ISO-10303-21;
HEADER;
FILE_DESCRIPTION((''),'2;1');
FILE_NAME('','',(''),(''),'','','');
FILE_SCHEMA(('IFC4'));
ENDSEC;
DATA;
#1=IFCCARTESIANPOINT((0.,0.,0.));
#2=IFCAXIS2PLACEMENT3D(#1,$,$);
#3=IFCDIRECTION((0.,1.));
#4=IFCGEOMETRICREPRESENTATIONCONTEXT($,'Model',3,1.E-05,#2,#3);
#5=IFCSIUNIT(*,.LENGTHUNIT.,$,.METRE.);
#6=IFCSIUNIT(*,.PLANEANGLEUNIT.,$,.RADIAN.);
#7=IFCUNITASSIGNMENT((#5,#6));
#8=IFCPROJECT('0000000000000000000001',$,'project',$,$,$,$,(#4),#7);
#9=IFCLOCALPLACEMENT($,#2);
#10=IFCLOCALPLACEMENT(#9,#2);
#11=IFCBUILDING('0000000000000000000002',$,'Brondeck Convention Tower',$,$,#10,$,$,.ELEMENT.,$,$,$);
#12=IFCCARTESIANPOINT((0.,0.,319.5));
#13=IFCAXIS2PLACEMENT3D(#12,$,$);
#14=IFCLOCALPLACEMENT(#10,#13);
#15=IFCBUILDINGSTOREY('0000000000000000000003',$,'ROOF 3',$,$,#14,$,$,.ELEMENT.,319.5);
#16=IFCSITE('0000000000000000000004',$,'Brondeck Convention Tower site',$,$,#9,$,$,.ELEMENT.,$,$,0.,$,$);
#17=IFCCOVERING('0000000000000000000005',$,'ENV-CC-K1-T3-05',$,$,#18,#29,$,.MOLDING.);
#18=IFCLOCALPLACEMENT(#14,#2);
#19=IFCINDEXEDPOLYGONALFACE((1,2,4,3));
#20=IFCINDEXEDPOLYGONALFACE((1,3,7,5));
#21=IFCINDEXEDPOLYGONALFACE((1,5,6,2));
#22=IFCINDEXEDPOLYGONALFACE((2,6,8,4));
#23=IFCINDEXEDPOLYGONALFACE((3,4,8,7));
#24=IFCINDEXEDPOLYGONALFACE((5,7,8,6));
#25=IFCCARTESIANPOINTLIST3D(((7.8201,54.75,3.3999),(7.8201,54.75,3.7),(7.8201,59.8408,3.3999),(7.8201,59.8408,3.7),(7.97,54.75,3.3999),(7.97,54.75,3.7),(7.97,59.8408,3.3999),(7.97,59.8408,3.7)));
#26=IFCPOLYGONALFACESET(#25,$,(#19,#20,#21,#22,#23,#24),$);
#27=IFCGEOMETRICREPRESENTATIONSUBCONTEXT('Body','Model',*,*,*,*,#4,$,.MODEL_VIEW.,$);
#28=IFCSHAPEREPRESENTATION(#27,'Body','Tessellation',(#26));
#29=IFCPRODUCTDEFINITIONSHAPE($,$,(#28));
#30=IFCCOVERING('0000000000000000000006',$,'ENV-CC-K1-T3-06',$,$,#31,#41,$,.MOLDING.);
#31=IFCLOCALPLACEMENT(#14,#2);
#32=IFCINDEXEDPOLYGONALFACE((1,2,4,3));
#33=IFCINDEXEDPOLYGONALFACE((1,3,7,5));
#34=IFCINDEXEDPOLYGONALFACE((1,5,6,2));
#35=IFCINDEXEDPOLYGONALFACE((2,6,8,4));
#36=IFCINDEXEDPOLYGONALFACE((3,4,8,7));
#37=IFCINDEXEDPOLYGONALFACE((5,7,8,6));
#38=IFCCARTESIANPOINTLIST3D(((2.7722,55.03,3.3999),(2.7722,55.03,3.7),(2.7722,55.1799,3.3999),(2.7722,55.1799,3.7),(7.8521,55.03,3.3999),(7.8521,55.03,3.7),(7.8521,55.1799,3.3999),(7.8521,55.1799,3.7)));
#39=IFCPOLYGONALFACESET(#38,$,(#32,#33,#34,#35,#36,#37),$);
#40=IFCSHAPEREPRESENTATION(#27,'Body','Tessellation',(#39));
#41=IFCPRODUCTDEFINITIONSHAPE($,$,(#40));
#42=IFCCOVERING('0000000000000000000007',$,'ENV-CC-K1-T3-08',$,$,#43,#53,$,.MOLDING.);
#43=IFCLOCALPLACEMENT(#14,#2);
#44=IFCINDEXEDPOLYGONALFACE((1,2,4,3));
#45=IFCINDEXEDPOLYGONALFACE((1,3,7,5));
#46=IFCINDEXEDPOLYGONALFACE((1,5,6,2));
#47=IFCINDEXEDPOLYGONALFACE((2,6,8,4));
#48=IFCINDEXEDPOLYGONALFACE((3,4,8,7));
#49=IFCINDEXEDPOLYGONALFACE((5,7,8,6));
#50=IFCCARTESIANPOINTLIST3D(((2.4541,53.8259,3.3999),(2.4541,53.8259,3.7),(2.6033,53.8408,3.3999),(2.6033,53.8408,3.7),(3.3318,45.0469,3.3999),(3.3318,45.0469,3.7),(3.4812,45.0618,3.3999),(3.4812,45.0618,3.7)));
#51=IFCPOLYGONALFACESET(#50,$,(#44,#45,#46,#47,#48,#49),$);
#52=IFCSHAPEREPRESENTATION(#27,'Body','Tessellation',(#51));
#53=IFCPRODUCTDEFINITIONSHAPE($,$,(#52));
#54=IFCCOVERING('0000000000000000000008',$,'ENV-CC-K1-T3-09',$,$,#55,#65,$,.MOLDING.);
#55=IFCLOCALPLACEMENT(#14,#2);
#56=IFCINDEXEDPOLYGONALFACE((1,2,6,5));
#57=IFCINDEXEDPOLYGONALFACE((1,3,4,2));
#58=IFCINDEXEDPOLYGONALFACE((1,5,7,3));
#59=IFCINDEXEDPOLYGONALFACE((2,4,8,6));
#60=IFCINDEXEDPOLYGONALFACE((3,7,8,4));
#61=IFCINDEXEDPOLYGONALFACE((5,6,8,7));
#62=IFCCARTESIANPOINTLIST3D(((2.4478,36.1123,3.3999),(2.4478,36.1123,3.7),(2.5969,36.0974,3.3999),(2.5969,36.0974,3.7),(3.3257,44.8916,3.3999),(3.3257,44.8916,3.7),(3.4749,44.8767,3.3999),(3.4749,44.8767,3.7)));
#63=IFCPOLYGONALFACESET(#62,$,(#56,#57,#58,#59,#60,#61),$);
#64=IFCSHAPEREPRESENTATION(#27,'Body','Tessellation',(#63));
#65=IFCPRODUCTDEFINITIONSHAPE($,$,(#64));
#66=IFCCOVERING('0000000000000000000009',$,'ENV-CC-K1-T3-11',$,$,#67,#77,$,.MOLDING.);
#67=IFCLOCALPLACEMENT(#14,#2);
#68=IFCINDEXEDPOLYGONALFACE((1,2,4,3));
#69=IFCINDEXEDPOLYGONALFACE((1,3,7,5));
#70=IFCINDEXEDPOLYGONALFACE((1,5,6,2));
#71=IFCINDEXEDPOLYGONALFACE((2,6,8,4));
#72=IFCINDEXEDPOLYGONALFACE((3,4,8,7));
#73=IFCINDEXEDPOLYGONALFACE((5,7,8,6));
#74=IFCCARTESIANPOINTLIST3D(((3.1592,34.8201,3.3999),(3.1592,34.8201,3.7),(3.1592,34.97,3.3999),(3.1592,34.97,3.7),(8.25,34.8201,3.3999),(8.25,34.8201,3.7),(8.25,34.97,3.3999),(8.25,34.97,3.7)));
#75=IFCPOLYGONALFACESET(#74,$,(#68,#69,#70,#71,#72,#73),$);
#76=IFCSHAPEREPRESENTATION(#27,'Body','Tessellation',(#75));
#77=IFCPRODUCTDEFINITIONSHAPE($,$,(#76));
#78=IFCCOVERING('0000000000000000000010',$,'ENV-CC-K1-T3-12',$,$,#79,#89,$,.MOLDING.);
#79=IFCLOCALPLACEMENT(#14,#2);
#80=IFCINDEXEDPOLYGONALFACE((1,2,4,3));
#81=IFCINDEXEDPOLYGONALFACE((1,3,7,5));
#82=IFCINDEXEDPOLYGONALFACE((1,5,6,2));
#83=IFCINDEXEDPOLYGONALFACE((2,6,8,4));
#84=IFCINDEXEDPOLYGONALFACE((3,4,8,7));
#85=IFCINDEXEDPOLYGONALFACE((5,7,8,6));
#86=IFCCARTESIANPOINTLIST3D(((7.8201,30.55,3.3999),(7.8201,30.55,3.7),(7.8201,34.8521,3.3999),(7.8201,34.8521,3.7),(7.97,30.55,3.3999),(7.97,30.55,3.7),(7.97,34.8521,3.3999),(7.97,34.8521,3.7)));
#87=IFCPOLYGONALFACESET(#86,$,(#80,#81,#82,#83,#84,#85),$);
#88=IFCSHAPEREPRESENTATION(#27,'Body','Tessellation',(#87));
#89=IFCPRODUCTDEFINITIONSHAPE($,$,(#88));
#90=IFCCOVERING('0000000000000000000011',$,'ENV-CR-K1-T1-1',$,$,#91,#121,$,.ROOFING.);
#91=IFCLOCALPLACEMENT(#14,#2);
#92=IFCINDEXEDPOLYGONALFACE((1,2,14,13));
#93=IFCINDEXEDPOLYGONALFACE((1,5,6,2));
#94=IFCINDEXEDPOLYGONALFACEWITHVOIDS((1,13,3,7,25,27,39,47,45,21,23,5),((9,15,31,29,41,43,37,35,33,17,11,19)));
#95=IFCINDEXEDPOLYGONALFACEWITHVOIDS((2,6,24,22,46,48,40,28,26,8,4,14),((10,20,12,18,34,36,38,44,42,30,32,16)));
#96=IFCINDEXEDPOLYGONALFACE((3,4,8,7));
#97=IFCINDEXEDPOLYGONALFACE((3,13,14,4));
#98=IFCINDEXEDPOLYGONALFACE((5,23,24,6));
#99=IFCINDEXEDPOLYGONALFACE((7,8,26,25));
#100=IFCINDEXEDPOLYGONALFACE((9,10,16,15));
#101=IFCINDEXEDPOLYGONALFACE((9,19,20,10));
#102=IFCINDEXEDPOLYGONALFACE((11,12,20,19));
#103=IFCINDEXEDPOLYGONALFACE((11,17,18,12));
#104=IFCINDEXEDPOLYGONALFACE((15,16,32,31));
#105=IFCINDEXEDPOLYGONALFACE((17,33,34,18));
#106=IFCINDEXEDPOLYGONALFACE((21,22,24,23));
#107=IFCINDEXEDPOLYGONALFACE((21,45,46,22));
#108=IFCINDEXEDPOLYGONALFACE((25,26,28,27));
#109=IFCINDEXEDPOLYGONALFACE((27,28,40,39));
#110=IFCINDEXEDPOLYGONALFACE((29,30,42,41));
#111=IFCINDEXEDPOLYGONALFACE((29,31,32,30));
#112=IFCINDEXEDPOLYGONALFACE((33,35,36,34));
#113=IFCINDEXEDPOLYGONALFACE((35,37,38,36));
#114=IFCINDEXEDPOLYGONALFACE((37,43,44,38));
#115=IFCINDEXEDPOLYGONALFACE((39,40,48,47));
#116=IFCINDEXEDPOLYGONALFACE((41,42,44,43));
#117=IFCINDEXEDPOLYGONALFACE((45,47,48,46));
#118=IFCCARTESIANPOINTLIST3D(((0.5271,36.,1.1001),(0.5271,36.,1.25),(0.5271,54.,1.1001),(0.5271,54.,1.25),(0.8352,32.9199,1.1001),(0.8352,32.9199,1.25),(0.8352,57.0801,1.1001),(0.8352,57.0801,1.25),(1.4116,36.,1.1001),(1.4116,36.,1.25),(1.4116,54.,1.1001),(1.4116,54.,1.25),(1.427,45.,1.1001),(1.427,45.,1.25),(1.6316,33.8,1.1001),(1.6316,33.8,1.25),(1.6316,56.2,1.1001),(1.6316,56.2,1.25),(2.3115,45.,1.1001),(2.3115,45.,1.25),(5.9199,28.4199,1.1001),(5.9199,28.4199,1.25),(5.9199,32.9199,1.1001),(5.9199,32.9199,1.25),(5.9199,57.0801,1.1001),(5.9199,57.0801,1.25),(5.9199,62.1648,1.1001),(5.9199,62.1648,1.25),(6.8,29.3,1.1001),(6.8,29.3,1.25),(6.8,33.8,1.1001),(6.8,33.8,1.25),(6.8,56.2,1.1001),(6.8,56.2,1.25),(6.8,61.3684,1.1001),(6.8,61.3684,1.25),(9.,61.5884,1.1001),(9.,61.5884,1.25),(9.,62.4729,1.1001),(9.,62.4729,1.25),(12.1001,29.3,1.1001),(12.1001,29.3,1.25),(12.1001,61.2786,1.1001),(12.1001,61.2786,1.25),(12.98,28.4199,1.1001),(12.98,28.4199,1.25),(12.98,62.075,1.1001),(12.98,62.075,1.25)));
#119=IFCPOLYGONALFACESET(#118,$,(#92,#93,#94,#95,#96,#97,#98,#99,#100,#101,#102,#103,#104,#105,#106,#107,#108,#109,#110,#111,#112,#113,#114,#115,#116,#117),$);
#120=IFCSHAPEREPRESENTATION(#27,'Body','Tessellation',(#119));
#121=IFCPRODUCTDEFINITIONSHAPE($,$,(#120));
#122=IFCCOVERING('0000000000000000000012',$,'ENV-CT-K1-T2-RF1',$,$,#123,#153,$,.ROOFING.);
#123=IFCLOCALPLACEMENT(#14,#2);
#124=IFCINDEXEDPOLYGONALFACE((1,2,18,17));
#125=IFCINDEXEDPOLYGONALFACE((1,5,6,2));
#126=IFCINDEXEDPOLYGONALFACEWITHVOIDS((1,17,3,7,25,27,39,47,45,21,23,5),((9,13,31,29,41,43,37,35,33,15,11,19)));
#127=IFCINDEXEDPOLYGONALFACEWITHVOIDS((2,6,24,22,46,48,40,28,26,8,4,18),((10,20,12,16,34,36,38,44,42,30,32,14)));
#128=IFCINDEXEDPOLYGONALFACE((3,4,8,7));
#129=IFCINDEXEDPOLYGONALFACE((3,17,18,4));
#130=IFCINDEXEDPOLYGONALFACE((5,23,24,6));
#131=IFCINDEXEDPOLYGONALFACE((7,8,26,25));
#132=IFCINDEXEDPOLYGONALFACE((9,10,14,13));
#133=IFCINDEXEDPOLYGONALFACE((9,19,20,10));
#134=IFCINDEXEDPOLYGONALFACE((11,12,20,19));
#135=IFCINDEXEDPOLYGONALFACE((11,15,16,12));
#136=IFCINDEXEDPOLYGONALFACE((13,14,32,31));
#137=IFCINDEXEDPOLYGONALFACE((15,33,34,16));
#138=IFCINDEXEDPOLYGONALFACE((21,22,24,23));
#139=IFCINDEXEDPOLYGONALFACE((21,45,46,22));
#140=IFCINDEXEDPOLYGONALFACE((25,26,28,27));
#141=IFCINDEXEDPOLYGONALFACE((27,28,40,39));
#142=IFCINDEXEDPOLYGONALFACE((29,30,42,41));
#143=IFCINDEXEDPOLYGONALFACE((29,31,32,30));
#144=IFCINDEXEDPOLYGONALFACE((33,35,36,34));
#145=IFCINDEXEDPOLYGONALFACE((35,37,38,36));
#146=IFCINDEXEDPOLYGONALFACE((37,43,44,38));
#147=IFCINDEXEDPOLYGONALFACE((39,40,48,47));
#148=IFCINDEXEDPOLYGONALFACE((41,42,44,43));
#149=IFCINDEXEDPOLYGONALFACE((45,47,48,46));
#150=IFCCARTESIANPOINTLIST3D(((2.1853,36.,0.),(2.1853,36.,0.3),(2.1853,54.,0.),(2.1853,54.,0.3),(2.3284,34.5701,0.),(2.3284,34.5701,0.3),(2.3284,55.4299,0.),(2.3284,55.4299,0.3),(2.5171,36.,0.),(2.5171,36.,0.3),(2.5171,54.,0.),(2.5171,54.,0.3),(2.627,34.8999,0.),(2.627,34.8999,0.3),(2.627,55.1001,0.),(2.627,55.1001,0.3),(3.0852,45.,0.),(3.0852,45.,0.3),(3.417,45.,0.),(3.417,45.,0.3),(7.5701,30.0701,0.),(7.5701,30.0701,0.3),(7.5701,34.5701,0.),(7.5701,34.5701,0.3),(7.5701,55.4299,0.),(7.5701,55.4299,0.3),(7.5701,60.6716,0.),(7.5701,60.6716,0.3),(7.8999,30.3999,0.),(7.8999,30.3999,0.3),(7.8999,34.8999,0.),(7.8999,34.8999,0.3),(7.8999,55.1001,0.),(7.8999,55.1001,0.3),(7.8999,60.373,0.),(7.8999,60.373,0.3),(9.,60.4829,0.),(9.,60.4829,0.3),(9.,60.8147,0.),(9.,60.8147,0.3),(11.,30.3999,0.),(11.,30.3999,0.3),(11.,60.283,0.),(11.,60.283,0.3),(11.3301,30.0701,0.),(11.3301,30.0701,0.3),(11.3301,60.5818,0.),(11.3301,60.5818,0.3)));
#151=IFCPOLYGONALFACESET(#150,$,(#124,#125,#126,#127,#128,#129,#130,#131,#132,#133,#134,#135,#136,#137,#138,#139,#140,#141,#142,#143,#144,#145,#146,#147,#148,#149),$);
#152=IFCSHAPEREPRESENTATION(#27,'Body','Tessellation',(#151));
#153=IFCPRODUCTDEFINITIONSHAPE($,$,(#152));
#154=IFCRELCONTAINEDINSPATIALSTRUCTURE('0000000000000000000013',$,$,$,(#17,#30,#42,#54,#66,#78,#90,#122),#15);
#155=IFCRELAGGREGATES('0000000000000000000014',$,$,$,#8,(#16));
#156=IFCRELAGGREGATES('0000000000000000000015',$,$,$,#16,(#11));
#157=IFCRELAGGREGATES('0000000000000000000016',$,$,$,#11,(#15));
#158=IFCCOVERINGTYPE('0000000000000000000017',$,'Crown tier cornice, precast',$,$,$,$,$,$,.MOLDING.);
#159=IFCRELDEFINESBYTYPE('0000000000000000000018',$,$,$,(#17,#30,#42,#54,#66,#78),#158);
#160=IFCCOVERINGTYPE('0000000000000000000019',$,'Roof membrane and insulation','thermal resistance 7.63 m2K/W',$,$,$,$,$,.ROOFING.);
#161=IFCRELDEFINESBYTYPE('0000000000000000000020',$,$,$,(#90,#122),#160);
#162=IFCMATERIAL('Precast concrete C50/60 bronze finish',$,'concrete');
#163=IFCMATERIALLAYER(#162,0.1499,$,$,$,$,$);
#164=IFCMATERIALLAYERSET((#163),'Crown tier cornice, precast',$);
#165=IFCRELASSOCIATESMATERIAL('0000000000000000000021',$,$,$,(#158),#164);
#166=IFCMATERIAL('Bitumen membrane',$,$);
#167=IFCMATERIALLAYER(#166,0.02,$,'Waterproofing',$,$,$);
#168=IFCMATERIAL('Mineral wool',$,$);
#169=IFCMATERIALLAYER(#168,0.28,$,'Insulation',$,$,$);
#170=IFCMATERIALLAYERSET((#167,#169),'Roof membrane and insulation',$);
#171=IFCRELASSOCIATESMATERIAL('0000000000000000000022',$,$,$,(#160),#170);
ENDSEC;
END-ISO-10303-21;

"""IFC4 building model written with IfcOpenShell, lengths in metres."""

from ifc_helpers import new_model, si_unit, direction, frame, origin, place, context, subcontext, project, spatial, polyline, outline, extrude, material, layer, layer_set, type_object, element, save


model = new_model("IFC4")

# Units and contexts
model_context = context("Model", 3, precision=1e-05, world=origin(), true_north=direction((0.0, 1.0)))
body_context = subcontext(model_context, "Body", "Model", "MODEL_VIEW")
ifc_project = project(units=[si_unit("LENGTHUNIT", "METRE"), si_unit("PLANEANGLEUNIT", "RADIAN")], contexts=[model_context])

# Site, building, storey
site_placement = place(None, origin())
site = spatial("IfcSite", under=ifc_project, at=site_placement, Name="Brondeck Convention Tower site", CompositionType="ELEMENT", RefElevation=0.0)
building_placement = place(site_placement, origin())
building = spatial("IfcBuilding", under=site, at=building_placement, Name="Brondeck Convention Tower", CompositionType="ELEMENT")
storey_placement = place(building_placement, frame((0.0, 0.0, 319.5)))
storey = spatial("IfcBuildingStorey", under=building, at=storey_placement, Name="ROOF 3", CompositionType="ELEMENT", Elevation=319.5)

# Coverings
ifc_material_1 = material(Name="Precast concrete C50/60 bronze finish", Category="concrete")
ifc_layer_1 = layer(ifc_material_1, 0.1499)
ifc_layer_set_1 = layer_set([ifc_layer_1], Name="Crown tier cornice, precast")
covering_type_1 = type_object("IfcCoveringType", Name="Crown tier cornice, precast", PredefinedType="MOLDING", material=ifc_layer_set_1)
covering_1_placement = place(storey_placement, frame((0.0, 0.0, 3.3999)))
element("IfcCovering", 1, at=covering_1_placement, inside=storey, type_object=covering_type_1, Name="ENV-CC-K1-T3-05", PredefinedType="MOLDING", context=body_context, shape_type="SweptSolid", body=[
    extrude(outline(polyline([(7.8201, 59.8408), (7.8201, 54.75), (7.97, 54.75), (7.97, 59.8408), (7.8201, 59.8408)])), origin(), (0.0, 0.0, 1.0), 0.3),
])
covering_2_placement = place(storey_placement, frame((0.0, 0.0, 3.3999)))
element("IfcCovering", 2, at=covering_2_placement, inside=storey, type_object=covering_type_1, Name="ENV-CC-K1-T3-06", PredefinedType="MOLDING", context=body_context, shape_type="SweptSolid", body=[
    extrude(outline(polyline([(7.8521, 55.1799), (2.7722, 55.1799), (2.7722, 55.03), (7.8521, 55.03), (7.8521, 55.1799)])), origin(), (0.0, 0.0, 1.0), 0.3),
])
covering_3_placement = place(storey_placement, frame((0.0, 0.0, 3.3999)))
element("IfcCovering", 3, at=covering_3_placement, inside=storey, type_object=covering_type_1, Name="ENV-CC-K1-T3-08", PredefinedType="MOLDING", context=body_context, shape_type="SweptSolid", body=[
    extrude(outline(polyline([(2.4541, 53.8259), (3.3318, 45.0469), (3.4812, 45.0618), (2.6033, 53.8408), (2.4541, 53.8259)])), origin(), (0.0, 0.0, 1.0), 0.3),
])
covering_4_placement = place(storey_placement, frame((0.0, 0.0, 3.3999)))
element("IfcCovering", 4, at=covering_4_placement, inside=storey, type_object=covering_type_1, Name="ENV-CC-K1-T3-09", PredefinedType="MOLDING", context=body_context, shape_type="SweptSolid", body=[
    extrude(outline(polyline([(3.3257, 44.8916), (2.4478, 36.1123), (2.5969, 36.0974), (3.4749, 44.8767), (3.3257, 44.8916)])), origin(), (0.0, 0.0, 1.0), 0.3),
])
covering_5_placement = place(storey_placement, frame((0.0, 0.0, 3.3999)))
element("IfcCovering", 5, at=covering_5_placement, inside=storey, type_object=covering_type_1, Name="ENV-CC-K1-T3-11", PredefinedType="MOLDING", context=body_context, shape_type="SweptSolid", body=[
    extrude(outline(polyline([(3.1592, 34.8201), (8.25, 34.8201), (8.25, 34.97), (3.1592, 34.97), (3.1592, 34.8201)])), origin(), (0.0, 0.0, 1.0), 0.3),
])
covering_6_placement = place(storey_placement, frame((0.0, 0.0, 3.3999)))
element("IfcCovering", 6, at=covering_6_placement, inside=storey, type_object=covering_type_1, Name="ENV-CC-K1-T3-12", PredefinedType="MOLDING", context=body_context, shape_type="SweptSolid", body=[
    extrude(outline(polyline([(7.8201, 34.8521), (7.8201, 30.55), (7.97, 30.55), (7.97, 34.8521), (7.8201, 34.8521)])), origin(), (0.0, 0.0, 1.0), 0.3),
])
ifc_material_2 = material(Name="Bitumen membrane")
ifc_layer_2 = layer(ifc_material_2, 0.02, Name="Waterproofing")
ifc_material_3 = material(Name="Mineral wool")
ifc_layer_3 = layer(ifc_material_3, 0.28, Name="Insulation")
ifc_layer_set_2 = layer_set([ifc_layer_2, ifc_layer_3], Name="Roof membrane and insulation")
covering_type_2 = type_object("IfcCoveringType", Name="Roof membrane and insulation", Description="thermal resistance 7.63 m2K/W", PredefinedType="ROOFING", material=ifc_layer_set_2)
covering_7_placement = place(storey_placement, frame((0.0, 0.0, 1.1001)))
element("IfcCovering", 7, at=covering_7_placement, inside=storey, type_object=covering_type_2, Name="ENV-CR-K1-T1-1", PredefinedType="ROOFING", context=body_context, shape_type="SweptSolid", body=[
    extrude(outline(polyline([(5.9199, 32.9199), (5.9199, 28.4199), (12.98, 28.4199), (12.98, 62.075), (9.0, 62.4729), (5.9199, 62.1648), (5.9199, 57.0801), (0.8352, 57.0801), (0.5271, 54.0), (1.427, 45.0), (0.5271, 36.0), (0.8352, 32.9199), (5.9199, 32.9199)]), holes=[polyline([(12.1001, 29.3), (6.8, 29.3), (6.8, 33.8), (1.6316, 33.8), (1.4116, 36.0), (2.3115, 45.0), (1.4116, 54.0), (1.6316, 56.2), (6.8, 56.2), (6.8, 61.3684), (9.0, 61.5884), (12.1001, 61.2786), (12.1001, 29.3)])]), origin(), (0.0, 0.0, 1.0), 0.1499),
])
covering_8_placement = place(storey_placement, origin())
element("IfcCovering", 8, at=covering_8_placement, inside=storey, type_object=covering_type_2, Name="ENV-CT-K1-T2-RF1", PredefinedType="ROOFING", context=body_context, shape_type="SweptSolid", body=[
    extrude(outline(polyline([(2.3284, 34.5701), (7.5701, 34.5701), (7.5701, 30.0701), (11.3301, 30.0701), (11.3301, 60.5818), (9.0, 60.8147), (7.5701, 60.6716), (7.5701, 55.4299), (2.3284, 55.4299), (2.1853, 54.0), (3.0852, 45.0), (2.1853, 36.0), (2.3284, 34.5701)]), holes=[polyline([(11.0, 60.283), (11.0, 30.3999), (7.8999, 30.3999), (7.8999, 34.8999), (2.627, 34.8999), (2.5171, 36.0), (3.417, 45.0), (2.5171, 54.0), (2.627, 55.1001), (7.8999, 55.1001), (7.8999, 60.373), (9.0, 60.4829), (11.0, 60.283)])]), origin(), (0.0, 0.0, 1.0), 0.3),
])

save(model, "model.ifc")
